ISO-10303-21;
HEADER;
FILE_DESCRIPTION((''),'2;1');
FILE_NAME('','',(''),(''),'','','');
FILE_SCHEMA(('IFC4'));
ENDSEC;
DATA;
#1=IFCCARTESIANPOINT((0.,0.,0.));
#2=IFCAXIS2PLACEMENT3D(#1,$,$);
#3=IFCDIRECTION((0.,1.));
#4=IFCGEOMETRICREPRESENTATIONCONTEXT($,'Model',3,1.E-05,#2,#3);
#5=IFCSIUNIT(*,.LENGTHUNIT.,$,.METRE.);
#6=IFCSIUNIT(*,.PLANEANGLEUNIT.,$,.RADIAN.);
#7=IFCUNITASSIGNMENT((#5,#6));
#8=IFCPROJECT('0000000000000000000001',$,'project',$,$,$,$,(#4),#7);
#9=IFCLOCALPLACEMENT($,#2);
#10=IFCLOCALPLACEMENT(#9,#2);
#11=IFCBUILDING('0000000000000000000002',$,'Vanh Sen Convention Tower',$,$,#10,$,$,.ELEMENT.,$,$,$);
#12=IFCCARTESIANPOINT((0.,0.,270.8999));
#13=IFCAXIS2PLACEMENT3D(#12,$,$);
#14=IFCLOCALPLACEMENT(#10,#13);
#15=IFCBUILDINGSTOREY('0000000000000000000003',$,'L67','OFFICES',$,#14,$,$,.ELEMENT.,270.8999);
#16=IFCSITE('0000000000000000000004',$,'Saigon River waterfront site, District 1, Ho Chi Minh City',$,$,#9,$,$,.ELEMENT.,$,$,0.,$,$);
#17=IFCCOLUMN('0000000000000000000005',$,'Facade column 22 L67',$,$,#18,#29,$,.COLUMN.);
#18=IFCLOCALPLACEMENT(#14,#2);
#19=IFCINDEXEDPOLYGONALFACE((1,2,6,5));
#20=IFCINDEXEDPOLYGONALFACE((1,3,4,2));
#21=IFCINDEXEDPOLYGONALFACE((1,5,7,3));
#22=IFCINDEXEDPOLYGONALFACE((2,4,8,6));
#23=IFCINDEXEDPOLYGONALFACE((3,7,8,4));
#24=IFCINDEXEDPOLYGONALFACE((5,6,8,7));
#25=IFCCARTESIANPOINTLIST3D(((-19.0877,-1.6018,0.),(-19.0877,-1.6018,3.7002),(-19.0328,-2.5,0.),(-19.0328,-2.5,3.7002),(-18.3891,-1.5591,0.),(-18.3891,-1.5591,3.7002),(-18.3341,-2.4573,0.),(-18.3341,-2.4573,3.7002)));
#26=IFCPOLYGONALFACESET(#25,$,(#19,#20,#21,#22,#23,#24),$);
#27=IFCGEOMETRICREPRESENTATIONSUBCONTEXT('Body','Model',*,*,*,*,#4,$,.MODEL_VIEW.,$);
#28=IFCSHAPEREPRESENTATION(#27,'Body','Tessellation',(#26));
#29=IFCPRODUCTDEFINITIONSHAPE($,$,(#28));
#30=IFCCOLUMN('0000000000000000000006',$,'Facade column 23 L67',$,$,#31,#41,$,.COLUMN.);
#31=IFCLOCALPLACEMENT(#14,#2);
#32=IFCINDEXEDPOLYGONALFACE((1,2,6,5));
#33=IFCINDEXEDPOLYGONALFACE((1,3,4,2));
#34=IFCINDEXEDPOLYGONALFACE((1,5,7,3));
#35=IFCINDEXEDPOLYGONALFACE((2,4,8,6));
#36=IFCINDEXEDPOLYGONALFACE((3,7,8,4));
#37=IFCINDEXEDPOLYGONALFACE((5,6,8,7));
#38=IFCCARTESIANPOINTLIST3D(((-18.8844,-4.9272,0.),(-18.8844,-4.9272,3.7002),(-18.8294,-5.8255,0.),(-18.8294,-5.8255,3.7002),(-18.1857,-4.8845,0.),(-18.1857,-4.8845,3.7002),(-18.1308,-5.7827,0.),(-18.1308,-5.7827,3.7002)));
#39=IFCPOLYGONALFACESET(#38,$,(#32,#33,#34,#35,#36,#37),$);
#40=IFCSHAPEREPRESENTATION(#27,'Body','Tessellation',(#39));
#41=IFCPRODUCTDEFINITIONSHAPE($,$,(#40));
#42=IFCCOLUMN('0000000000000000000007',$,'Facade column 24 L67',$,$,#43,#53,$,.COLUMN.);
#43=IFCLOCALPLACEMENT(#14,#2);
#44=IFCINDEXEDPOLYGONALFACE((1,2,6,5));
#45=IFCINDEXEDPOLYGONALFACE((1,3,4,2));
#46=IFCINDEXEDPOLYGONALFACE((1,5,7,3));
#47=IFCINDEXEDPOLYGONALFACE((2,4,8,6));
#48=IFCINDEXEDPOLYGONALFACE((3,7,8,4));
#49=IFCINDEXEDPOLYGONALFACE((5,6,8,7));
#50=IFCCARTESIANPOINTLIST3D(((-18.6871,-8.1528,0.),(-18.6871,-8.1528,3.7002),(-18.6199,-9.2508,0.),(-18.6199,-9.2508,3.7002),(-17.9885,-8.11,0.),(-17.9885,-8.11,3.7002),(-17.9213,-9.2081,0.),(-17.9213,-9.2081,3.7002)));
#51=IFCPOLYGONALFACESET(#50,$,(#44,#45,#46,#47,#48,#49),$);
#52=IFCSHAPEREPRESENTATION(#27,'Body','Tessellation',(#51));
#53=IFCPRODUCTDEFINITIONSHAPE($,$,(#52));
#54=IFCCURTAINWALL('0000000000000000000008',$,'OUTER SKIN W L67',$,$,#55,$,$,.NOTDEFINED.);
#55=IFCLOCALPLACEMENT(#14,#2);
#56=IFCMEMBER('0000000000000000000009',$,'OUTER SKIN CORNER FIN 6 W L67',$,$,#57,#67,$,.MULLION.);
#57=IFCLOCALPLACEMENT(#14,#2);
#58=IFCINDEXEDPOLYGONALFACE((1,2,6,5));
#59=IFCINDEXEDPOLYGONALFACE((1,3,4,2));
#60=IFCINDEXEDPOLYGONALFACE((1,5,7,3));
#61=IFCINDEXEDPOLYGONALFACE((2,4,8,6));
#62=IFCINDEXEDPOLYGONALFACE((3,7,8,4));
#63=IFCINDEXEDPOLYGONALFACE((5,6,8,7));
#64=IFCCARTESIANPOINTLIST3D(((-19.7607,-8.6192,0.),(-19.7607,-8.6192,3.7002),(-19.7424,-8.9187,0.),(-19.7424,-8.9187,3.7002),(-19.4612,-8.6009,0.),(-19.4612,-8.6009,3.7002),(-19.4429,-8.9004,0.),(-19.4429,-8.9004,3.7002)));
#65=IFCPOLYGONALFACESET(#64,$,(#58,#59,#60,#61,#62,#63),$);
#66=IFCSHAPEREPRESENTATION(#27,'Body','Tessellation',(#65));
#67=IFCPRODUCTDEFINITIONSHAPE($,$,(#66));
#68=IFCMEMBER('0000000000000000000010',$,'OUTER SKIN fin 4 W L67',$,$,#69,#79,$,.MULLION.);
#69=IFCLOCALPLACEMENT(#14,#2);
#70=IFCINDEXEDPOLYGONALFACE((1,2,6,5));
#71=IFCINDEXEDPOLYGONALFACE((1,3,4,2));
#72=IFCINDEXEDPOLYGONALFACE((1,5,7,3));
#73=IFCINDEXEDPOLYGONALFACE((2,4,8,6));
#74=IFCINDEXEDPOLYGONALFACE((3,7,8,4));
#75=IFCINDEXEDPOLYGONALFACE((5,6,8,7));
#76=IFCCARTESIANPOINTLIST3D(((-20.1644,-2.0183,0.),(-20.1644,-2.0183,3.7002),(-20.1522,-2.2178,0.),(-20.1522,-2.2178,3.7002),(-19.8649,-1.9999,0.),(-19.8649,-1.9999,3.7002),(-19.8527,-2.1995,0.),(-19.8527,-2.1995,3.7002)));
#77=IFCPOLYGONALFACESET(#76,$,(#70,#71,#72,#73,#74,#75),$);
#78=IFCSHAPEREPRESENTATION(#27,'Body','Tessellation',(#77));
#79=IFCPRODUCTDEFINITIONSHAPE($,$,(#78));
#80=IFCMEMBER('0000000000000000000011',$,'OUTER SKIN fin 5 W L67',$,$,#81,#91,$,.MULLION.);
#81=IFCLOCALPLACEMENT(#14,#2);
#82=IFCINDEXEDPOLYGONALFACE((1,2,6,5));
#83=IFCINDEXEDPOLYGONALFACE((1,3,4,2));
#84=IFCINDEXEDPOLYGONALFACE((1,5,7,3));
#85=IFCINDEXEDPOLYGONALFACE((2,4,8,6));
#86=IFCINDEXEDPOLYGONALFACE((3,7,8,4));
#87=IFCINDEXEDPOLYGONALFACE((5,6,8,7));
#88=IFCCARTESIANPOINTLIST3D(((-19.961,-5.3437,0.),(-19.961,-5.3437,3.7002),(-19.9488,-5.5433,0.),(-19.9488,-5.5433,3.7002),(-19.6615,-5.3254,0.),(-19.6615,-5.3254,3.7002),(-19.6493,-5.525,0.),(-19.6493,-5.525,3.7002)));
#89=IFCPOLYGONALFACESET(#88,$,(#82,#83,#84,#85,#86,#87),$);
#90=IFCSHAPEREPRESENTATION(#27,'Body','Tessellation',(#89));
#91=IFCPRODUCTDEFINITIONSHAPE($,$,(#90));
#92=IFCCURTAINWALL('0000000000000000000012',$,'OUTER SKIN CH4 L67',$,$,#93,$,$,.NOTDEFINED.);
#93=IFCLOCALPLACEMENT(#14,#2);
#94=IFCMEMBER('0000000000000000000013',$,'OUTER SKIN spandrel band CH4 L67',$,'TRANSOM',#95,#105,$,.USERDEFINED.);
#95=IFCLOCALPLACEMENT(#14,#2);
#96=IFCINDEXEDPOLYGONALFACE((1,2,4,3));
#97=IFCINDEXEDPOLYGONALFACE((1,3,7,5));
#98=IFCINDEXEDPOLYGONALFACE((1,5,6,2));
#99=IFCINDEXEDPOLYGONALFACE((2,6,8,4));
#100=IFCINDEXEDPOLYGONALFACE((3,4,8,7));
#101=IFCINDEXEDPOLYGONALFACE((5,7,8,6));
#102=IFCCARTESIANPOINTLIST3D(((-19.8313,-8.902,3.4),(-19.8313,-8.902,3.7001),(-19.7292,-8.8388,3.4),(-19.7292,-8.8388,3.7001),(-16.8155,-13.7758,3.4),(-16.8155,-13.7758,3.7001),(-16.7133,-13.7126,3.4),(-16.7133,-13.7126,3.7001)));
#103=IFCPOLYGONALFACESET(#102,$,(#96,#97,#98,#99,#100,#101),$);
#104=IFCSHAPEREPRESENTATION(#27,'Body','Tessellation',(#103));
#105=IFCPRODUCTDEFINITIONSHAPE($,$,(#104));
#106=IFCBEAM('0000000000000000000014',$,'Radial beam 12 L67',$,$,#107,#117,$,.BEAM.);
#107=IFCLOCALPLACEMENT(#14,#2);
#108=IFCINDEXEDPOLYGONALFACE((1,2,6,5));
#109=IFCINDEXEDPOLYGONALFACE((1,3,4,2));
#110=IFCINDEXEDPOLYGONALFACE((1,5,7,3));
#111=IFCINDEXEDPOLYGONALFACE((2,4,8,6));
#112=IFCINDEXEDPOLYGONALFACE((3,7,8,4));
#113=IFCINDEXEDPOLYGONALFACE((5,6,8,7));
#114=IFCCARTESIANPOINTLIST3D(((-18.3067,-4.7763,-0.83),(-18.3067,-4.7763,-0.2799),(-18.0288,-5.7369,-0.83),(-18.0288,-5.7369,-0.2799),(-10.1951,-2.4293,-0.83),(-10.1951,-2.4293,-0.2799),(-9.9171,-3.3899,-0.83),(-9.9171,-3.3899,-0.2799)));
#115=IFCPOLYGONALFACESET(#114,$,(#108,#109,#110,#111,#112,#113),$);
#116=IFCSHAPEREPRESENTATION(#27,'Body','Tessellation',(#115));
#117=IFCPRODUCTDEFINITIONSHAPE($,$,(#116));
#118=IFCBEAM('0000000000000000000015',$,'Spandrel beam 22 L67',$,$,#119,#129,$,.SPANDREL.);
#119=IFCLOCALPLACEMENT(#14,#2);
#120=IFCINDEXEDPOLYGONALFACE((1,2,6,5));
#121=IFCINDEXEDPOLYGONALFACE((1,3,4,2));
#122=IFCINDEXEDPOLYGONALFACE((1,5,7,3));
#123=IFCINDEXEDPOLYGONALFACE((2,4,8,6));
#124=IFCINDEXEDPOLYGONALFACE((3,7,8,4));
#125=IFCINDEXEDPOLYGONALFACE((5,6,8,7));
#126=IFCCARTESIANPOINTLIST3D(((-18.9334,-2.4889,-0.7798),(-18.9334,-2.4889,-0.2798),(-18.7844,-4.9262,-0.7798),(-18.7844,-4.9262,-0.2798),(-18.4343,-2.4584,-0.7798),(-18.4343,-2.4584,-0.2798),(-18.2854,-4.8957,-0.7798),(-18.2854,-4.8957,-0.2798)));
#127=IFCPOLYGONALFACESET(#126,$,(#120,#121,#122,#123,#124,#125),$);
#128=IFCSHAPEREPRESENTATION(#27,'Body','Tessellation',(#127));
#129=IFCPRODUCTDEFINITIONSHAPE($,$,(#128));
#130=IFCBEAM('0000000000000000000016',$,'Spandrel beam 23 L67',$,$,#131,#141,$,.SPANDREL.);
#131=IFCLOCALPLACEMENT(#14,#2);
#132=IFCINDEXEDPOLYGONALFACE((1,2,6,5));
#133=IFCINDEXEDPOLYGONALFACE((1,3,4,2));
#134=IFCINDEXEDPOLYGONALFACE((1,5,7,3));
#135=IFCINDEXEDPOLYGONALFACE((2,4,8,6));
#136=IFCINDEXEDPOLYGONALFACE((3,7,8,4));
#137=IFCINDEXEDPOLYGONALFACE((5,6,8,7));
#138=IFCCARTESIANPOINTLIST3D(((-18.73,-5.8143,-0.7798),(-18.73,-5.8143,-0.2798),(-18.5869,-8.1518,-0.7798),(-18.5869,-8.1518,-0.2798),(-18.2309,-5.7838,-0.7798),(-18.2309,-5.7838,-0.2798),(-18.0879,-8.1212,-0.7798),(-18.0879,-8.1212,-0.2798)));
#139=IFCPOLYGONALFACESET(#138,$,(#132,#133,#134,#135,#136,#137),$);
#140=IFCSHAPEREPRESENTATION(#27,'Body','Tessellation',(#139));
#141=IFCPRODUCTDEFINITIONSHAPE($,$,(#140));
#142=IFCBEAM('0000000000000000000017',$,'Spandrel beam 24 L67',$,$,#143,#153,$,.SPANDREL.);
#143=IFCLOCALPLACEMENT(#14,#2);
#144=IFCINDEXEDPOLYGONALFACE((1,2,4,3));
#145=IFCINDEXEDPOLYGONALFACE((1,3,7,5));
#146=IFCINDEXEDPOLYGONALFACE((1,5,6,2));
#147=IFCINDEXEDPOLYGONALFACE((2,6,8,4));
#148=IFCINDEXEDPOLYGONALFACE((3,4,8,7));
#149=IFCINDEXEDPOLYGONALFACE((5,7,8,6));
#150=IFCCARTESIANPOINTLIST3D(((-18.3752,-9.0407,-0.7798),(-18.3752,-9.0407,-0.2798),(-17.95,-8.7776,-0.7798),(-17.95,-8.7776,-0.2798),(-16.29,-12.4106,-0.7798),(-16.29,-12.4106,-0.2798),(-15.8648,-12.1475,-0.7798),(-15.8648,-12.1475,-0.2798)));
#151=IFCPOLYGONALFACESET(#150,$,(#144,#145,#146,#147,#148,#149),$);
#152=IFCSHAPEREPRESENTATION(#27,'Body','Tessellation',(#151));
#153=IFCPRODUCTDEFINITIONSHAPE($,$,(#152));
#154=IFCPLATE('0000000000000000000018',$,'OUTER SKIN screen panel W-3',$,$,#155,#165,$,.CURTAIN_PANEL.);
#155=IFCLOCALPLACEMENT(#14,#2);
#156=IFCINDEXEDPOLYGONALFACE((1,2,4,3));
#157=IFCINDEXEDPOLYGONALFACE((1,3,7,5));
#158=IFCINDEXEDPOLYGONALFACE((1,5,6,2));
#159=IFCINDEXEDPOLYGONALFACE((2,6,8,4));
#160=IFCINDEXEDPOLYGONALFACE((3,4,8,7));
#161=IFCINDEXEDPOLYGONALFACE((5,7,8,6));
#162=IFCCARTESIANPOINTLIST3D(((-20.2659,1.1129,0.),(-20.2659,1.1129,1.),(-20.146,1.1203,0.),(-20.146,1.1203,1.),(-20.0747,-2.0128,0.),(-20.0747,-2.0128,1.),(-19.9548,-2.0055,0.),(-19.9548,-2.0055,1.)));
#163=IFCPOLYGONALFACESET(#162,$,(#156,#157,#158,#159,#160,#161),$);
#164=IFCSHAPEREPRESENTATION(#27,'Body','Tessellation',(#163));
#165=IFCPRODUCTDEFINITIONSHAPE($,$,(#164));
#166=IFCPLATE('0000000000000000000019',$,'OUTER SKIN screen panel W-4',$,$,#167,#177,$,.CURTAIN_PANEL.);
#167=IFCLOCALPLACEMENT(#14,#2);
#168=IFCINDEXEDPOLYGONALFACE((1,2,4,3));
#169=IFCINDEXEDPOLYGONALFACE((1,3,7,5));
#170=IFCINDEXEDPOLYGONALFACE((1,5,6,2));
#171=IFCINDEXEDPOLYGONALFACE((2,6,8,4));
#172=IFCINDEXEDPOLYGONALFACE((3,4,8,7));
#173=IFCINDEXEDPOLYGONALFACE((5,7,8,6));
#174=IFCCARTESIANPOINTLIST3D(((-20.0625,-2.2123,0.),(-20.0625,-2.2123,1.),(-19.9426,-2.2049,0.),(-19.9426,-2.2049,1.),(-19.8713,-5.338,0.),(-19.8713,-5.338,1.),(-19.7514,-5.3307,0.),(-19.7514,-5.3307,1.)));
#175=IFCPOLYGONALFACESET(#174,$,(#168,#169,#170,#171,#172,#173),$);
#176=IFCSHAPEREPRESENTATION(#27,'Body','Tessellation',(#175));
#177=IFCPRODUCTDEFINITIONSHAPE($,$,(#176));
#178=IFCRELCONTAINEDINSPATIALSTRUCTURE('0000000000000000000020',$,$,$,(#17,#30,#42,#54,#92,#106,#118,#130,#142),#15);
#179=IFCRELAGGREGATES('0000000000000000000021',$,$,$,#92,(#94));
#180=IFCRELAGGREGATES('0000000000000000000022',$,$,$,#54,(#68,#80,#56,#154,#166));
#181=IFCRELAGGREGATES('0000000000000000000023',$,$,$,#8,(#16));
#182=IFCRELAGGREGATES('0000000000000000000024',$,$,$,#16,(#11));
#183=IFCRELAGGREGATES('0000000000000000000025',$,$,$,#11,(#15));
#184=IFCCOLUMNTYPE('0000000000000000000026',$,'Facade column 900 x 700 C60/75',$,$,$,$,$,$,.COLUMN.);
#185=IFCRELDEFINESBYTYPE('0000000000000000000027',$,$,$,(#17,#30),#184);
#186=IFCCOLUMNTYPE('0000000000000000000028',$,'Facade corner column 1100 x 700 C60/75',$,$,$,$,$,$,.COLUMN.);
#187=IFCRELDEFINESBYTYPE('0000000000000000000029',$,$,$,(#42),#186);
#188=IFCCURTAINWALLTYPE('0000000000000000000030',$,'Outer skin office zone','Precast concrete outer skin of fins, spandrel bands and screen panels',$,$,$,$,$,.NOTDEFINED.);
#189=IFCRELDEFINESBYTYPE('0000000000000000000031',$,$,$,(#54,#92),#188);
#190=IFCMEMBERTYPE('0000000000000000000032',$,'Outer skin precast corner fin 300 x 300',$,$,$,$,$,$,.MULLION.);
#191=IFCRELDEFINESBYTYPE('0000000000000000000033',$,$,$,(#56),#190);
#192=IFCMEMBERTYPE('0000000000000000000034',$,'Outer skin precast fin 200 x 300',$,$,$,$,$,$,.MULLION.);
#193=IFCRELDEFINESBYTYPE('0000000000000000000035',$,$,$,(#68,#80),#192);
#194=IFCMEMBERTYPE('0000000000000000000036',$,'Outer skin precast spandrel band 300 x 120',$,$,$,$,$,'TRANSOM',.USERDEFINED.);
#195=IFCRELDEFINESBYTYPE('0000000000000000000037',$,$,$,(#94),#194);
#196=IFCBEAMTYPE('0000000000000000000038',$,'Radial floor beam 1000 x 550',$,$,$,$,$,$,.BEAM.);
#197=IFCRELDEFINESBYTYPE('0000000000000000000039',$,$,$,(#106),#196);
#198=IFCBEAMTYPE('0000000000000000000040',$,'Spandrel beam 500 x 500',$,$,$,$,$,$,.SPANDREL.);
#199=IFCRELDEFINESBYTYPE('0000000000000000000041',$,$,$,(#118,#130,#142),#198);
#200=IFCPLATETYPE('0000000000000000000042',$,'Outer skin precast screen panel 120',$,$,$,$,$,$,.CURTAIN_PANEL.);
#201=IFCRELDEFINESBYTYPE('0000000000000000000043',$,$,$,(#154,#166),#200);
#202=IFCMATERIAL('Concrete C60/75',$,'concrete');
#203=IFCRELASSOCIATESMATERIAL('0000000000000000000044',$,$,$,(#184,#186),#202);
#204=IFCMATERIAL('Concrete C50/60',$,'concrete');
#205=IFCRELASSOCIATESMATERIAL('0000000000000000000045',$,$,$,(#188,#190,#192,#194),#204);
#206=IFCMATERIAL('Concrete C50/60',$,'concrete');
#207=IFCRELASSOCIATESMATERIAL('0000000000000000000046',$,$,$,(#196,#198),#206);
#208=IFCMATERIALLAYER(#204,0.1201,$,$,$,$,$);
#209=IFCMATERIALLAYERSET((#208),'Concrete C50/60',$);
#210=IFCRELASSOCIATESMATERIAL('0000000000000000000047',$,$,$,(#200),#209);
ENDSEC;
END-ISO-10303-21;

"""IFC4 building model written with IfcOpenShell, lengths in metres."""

from ifc_helpers import new_model, si_unit, direction, frame, origin, origin_2d, place, context, subcontext, project, spatial, rectangle, extrude, material, layer, layer_set, material_profile, profile_set, type_object, element, aggregate, save


model = new_model("IFC4")

# Units and contexts
model_context = context("Model", 3, precision=1e-05, world=origin(), true_north=direction((0.0, 1.0)))
body_context = subcontext(model_context, "Body", "Model", "MODEL_VIEW")
ifc_project = project(units=[si_unit("LENGTHUNIT", "METRE"), si_unit("PLANEANGLEUNIT", "RADIAN")], contexts=[model_context])

# Site, building, storey
site_placement = place(None, origin())
site = spatial("IfcSite", under=ifc_project, at=site_placement, Name="Saigon River waterfront site, District 1, Ho Chi Minh City", CompositionType="ELEMENT", RefElevation=0.0)
building_placement = place(site_placement, origin())
building = spatial("IfcBuilding", under=site, at=building_placement, Name="Vanh Sen Convention Tower", CompositionType="ELEMENT")
storey_placement = place(building_placement, frame((0.0, 0.0, 270.8999)))
storey = spatial("IfcBuildingStorey", under=building, at=storey_placement, Name="L67", Description="OFFICES", CompositionType="ELEMENT", Elevation=270.8999)

# Columns
ifc_material_1 = material(Name="Concrete C60/75", Category="concrete")
ifc_material_profile_1 = material_profile(ifc_material_1, rectangle(XDim=0.8999, YDim=0.7, at=origin_2d()), Name="RC 900X700")
ifc_profile_set_1 = profile_set([ifc_material_profile_1], Name="Concrete C60/75")
column_type_1 = type_object("IfcColumnType", Name="Facade column 900 x 700 C60/75", PredefinedType="COLUMN", material=ifc_profile_set_1)
for number, where, z_axis, x_axis, name in (
    (1, (-18.7109, -2.0295, 0.0), (0.0, 0.0, 1.0), (0.061049, -0.998135, 0.0), "Facade column 22 L67"),
    (2, (-18.5076, -5.355, 0.0), (0.0, 0.0, 1.0), (0.061049, -0.998135, 0.0), "Facade column 23 L67"),
):
    element("IfcColumn", number, at=place(storey_placement, frame(where, z_axis=z_axis, x_axis=x_axis)), inside=storey, type_object=column_type_1, Name=name, PredefinedType="COLUMN", context=body_context, shape_type="SweptSolid", body=[
        extrude(rectangle(XDim=0.8999, YDim=0.7, at=origin_2d()), origin(), (0.0, 0.0, 1.0), 3.7002),
    ])
ifc_material_profile_2 = material_profile(ifc_material_1, rectangle(XDim=1.1001, YDim=0.7, at=origin_2d()), Name="RC 1100X700")
ifc_profile_set_2 = profile_set([ifc_material_profile_2], Name="Concrete C60/75")
column_type_2 = type_object("IfcColumnType", Name="Facade corner column 1100 x 700 C60/75", PredefinedType="COLUMN", material=ifc_profile_set_2)
column_placement = place(storey_placement, frame((-18.3042, -8.6804, 0.0), z_axis=(0.0, 0.0, 1.0), x_axis=(0.061049, -0.998135, 0.0)))
element("IfcColumn", 3, at=column_placement, inside=storey, type_object=column_type_2, Name="Facade column 24 L67", PredefinedType="COLUMN", context=body_context, shape_type="SweptSolid", body=[
    extrude(rectangle(XDim=1.1001, YDim=0.7, at=origin_2d()), origin(), (0.0, 0.0, 1.0), 3.7002),
])

# Curtain wall, members
ifc_material_2 = material(Name="Concrete C50/60", Category="concrete")
curtain_wall_type = type_object("IfcCurtainWallType", Name="Outer skin office zone", Description="Precast concrete outer skin of fins, spandrel bands and screen panels", PredefinedType="NOTDEFINED", material=ifc_material_2)
curtain_wall_1_placement = place(storey_placement, origin())
curtain_wall_1 = element("IfcCurtainWall", 4, at=curtain_wall_1_placement, inside=storey, type_object=curtain_wall_type, Name="OUTER SKIN W L67", PredefinedType="NOTDEFINED")
ifc_material_profile_3 = material_profile(ifc_material_2, rectangle(XDim=0.3, YDim=0.3, at=origin_2d()), Name="Outer skin precast corner fin 300 x 300")
ifc_profile_set_3 = profile_set([ifc_material_profile_3], Name="Concrete C50/60")
member_type_1 = type_object("IfcMemberType", Name="Outer skin precast corner fin 300 x 300", PredefinedType="MULLION", material=ifc_profile_set_3)
member_1_placement = place(storey_placement, frame((-19.6018, -8.7598, 0.0), z_axis=(0.0, 0.0, 1.0), x_axis=(0.061049, -0.998135, 0.0)))
member_1 = element("IfcMember", 5, at=member_1_placement, type_object=member_type_1, Name="OUTER SKIN CORNER FIN 6 W L67", PredefinedType="MULLION", context=body_context, shape_type="SweptSolid", body=[
    extrude(rectangle(XDim=0.3, YDim=0.3, at=origin_2d()), origin(), (0.0, 0.0, 1.0), 3.7002),
])
ifc_material_profile_4 = material_profile(ifc_material_2, rectangle(XDim=0.2, YDim=0.3, at=origin_2d()), Name="Outer skin precast fin 200 x 300")
ifc_profile_set_4 = profile_set([ifc_material_profile_4], Name="Concrete C50/60")
member_type_2 = type_object("IfcMemberType", Name="Outer skin precast fin 200 x 300", PredefinedType="MULLION", material=ifc_profile_set_4)
member_2_placement = place(storey_placement, frame((-20.0085, -2.1089, 0.0), z_axis=(0.0, 0.0, 1.0), x_axis=(0.061049, -0.998135, 0.0)))
member_2 = element("IfcMember", 6, at=member_2_placement, type_object=member_type_2, Name="OUTER SKIN fin 4 W L67", PredefinedType="MULLION", context=body_context, shape_type="SweptSolid", body=[
    extrude(rectangle(XDim=0.2, YDim=0.3, at=origin_2d()), origin(), (0.0, 0.0, 1.0), 3.7002),
])
member_3_placement = place(storey_placement, frame((-19.8052, -5.4343, 0.0), z_axis=(0.0, 0.0, 1.0), x_axis=(0.061049, -0.998135, 0.0)))
member_3 = element("IfcMember", 7, at=member_3_placement, type_object=member_type_2, Name="OUTER SKIN fin 5 W L67", PredefinedType="MULLION", context=body_context, shape_type="SweptSolid", body=[
    extrude(rectangle(XDim=0.2, YDim=0.3, at=origin_2d()), origin(), (0.0, 0.0, 1.0), 3.7002),
])

# Curtain wall, member
curtain_wall_2_placement = place(storey_placement, origin())
curtain_wall_2 = element("IfcCurtainWall", 8, at=curtain_wall_2_placement, inside=storey, type_object=curtain_wall_type, Name="OUTER SKIN CH4 L67", PredefinedType="NOTDEFINED")
ifc_material_profile_5 = material_profile(ifc_material_2, rectangle(XDim=0.1201, YDim=0.3, at=origin_2d()), Name="Outer skin precast spandrel band 300 x 120")
ifc_profile_set_5 = profile_set([ifc_material_profile_5], Name="Concrete C50/60")
member_type_3 = type_object("IfcMemberType", Name="Outer skin precast spandrel band 300 x 120", ElementType="TRANSOM", PredefinedType="USERDEFINED", material=ifc_profile_set_5)
member_4_placement = place(storey_placement, frame((-19.7803, -8.8704, 3.55), z_axis=(0.526199, -0.850361, 0.0), x_axis=(0.850361, 0.526199, 0.0)))
member_4 = element("IfcMember", 9, at=member_4_placement, type_object=member_type_3, Name="OUTER SKIN spandrel band CH4 L67", ObjectType="TRANSOM", PredefinedType="USERDEFINED", context=body_context, shape_type="SweptSolid", body=[
    extrude(rectangle(XDim=0.1201, YDim=0.3, at=origin_2d()), origin(), (0.0, 0.0, 1.0), 5.7314),
])
aggregate(curtain_wall_2, [member_4])

# Beams
ifc_material_3 = material(Name="Concrete C50/60", Category="concrete")
ifc_material_profile_6 = material_profile(ifc_material_3, rectangle(XDim=1.0, YDim=0.55, at=origin_2d()), Name="RC 1000X550")
ifc_profile_set_6 = profile_set([ifc_material_profile_6], Name="Concrete C50/60")
beam_type_1 = type_object("IfcBeamType", Name="Radial floor beam 1000 x 550", PredefinedType="BEAM", material=ifc_profile_set_6)
beam_1_placement = place(storey_placement, frame((-18.1677, -5.2566, -0.5549), z_axis=(0.960601, 0.277931, 0.0), x_axis=(-0.277931, 0.960601, 0.0)))
element("IfcBeam", 10, at=beam_1_placement, inside=storey, type_object=beam_type_1, Name="Radial beam 12 L67", PredefinedType="BEAM", context=body_context, shape_type="SweptSolid", body=[
    extrude(rectangle(XDim=1.0, YDim=0.55, at=origin_2d()), origin(), (0.0, 0.0, 1.0), 8.4443),
])
ifc_material_profile_7 = material_profile(ifc_material_3, rectangle(XDim=0.5, YDim=0.5, at=origin_2d()), Name="RC 500X500")
ifc_profile_set_7 = profile_set([ifc_material_profile_7], Name="Concrete C50/60")
beam_type_2 = type_object("IfcBeamType", Name="Spandrel beam 500 x 500", PredefinedType="SPANDREL", material=ifc_profile_set_7)
beam_2_placement = place(storey_placement, frame((-18.6838, -2.4736, -0.5298), z_axis=(0.06099, -0.998138, 0.0), x_axis=(0.998138, 0.06099, 0.0)))
element("IfcBeam", 11, at=beam_2_placement, inside=storey, type_object=beam_type_2, Name="Spandrel beam 22 L67", PredefinedType="SPANDREL", context=body_context, shape_type="SweptSolid", body=[
    extrude(rectangle(XDim=0.5, YDim=0.5, at=origin_2d()), origin(), (0.0, 0.0, 1.0), 2.4419),
])
beam_3_placement = place(storey_placement, frame((-18.4805, -5.7991, -0.5298), z_axis=(0.061093, -0.998132, 0.0), x_axis=(0.998132, 0.061093, 0.0)))
element("IfcBeam", 12, at=beam_3_placement, inside=storey, type_object=beam_type_2, Name="Spandrel beam 23 L67", PredefinedType="SPANDREL", context=body_context, shape_type="SweptSolid", body=[
    extrude(rectangle(XDim=0.5, YDim=0.5, at=origin_2d()), origin(), (0.0, 0.0, 1.0), 2.3418),
])
beam_4_placement = place(storey_placement, frame((-18.1626, -8.9092, -0.5298), z_axis=(0.526189, -0.850368, 0.0), x_axis=(0.850368, 0.526189, 0.0)))
element("IfcBeam", 13, at=beam_4_placement, inside=storey, type_object=beam_type_2, Name="Spandrel beam 24 L67", PredefinedType="SPANDREL", context=body_context, shape_type="SweptSolid", body=[
    extrude(rectangle(XDim=0.5, YDim=0.5, at=origin_2d()), origin(), (0.0, 0.0, 1.0), 3.9629),
])

# Plates
ifc_layer_1 = layer(ifc_material_2, 0.1201)
ifc_layer_set_1 = layer_set([ifc_layer_1], Name="Concrete C50/60")
plate_type = type_object("IfcPlateType", Name="Outer skin precast screen panel 120", PredefinedType="CURTAIN_PANEL", material=ifc_layer_set_1)
plate_1_placement = place(storey_placement, frame((-20.1104, -0.4463, 0.0), z_axis=(0.0, 0.0, 1.0), x_axis=(0.061052, -0.998135, 0.0)))
plate_1 = element("IfcPlate", 14, at=plate_1_placement, type_object=plate_type, Name="OUTER SKIN screen panel W-3", PredefinedType="CURTAIN_PANEL", context=body_context, shape_type="SweptSolid", body=[
    extrude(rectangle(XDim=3.1316, YDim=0.1201, at=origin_2d()), origin(), (0.0, 0.0, 1.0), 1.0),
])
plate_2_placement = place(storey_placement, frame((-19.907, -3.7715, 0.0), z_axis=(0.0, 0.0, 1.0), x_axis=(0.061052, -0.998135, 0.0)))
plate_2 = element("IfcPlate", 15, at=plate_2_placement, type_object=plate_type, Name="OUTER SKIN screen panel W-4", PredefinedType="CURTAIN_PANEL", context=body_context, shape_type="SweptSolid", body=[
    extrude(rectangle(XDim=3.1316, YDim=0.1201, at=origin_2d()), origin(), (0.0, 0.0, 1.0), 1.0),
])
aggregate(curtain_wall_1, [member_2, member_3, member_1, plate_1, plate_2])

save(model, "model.ifc")
